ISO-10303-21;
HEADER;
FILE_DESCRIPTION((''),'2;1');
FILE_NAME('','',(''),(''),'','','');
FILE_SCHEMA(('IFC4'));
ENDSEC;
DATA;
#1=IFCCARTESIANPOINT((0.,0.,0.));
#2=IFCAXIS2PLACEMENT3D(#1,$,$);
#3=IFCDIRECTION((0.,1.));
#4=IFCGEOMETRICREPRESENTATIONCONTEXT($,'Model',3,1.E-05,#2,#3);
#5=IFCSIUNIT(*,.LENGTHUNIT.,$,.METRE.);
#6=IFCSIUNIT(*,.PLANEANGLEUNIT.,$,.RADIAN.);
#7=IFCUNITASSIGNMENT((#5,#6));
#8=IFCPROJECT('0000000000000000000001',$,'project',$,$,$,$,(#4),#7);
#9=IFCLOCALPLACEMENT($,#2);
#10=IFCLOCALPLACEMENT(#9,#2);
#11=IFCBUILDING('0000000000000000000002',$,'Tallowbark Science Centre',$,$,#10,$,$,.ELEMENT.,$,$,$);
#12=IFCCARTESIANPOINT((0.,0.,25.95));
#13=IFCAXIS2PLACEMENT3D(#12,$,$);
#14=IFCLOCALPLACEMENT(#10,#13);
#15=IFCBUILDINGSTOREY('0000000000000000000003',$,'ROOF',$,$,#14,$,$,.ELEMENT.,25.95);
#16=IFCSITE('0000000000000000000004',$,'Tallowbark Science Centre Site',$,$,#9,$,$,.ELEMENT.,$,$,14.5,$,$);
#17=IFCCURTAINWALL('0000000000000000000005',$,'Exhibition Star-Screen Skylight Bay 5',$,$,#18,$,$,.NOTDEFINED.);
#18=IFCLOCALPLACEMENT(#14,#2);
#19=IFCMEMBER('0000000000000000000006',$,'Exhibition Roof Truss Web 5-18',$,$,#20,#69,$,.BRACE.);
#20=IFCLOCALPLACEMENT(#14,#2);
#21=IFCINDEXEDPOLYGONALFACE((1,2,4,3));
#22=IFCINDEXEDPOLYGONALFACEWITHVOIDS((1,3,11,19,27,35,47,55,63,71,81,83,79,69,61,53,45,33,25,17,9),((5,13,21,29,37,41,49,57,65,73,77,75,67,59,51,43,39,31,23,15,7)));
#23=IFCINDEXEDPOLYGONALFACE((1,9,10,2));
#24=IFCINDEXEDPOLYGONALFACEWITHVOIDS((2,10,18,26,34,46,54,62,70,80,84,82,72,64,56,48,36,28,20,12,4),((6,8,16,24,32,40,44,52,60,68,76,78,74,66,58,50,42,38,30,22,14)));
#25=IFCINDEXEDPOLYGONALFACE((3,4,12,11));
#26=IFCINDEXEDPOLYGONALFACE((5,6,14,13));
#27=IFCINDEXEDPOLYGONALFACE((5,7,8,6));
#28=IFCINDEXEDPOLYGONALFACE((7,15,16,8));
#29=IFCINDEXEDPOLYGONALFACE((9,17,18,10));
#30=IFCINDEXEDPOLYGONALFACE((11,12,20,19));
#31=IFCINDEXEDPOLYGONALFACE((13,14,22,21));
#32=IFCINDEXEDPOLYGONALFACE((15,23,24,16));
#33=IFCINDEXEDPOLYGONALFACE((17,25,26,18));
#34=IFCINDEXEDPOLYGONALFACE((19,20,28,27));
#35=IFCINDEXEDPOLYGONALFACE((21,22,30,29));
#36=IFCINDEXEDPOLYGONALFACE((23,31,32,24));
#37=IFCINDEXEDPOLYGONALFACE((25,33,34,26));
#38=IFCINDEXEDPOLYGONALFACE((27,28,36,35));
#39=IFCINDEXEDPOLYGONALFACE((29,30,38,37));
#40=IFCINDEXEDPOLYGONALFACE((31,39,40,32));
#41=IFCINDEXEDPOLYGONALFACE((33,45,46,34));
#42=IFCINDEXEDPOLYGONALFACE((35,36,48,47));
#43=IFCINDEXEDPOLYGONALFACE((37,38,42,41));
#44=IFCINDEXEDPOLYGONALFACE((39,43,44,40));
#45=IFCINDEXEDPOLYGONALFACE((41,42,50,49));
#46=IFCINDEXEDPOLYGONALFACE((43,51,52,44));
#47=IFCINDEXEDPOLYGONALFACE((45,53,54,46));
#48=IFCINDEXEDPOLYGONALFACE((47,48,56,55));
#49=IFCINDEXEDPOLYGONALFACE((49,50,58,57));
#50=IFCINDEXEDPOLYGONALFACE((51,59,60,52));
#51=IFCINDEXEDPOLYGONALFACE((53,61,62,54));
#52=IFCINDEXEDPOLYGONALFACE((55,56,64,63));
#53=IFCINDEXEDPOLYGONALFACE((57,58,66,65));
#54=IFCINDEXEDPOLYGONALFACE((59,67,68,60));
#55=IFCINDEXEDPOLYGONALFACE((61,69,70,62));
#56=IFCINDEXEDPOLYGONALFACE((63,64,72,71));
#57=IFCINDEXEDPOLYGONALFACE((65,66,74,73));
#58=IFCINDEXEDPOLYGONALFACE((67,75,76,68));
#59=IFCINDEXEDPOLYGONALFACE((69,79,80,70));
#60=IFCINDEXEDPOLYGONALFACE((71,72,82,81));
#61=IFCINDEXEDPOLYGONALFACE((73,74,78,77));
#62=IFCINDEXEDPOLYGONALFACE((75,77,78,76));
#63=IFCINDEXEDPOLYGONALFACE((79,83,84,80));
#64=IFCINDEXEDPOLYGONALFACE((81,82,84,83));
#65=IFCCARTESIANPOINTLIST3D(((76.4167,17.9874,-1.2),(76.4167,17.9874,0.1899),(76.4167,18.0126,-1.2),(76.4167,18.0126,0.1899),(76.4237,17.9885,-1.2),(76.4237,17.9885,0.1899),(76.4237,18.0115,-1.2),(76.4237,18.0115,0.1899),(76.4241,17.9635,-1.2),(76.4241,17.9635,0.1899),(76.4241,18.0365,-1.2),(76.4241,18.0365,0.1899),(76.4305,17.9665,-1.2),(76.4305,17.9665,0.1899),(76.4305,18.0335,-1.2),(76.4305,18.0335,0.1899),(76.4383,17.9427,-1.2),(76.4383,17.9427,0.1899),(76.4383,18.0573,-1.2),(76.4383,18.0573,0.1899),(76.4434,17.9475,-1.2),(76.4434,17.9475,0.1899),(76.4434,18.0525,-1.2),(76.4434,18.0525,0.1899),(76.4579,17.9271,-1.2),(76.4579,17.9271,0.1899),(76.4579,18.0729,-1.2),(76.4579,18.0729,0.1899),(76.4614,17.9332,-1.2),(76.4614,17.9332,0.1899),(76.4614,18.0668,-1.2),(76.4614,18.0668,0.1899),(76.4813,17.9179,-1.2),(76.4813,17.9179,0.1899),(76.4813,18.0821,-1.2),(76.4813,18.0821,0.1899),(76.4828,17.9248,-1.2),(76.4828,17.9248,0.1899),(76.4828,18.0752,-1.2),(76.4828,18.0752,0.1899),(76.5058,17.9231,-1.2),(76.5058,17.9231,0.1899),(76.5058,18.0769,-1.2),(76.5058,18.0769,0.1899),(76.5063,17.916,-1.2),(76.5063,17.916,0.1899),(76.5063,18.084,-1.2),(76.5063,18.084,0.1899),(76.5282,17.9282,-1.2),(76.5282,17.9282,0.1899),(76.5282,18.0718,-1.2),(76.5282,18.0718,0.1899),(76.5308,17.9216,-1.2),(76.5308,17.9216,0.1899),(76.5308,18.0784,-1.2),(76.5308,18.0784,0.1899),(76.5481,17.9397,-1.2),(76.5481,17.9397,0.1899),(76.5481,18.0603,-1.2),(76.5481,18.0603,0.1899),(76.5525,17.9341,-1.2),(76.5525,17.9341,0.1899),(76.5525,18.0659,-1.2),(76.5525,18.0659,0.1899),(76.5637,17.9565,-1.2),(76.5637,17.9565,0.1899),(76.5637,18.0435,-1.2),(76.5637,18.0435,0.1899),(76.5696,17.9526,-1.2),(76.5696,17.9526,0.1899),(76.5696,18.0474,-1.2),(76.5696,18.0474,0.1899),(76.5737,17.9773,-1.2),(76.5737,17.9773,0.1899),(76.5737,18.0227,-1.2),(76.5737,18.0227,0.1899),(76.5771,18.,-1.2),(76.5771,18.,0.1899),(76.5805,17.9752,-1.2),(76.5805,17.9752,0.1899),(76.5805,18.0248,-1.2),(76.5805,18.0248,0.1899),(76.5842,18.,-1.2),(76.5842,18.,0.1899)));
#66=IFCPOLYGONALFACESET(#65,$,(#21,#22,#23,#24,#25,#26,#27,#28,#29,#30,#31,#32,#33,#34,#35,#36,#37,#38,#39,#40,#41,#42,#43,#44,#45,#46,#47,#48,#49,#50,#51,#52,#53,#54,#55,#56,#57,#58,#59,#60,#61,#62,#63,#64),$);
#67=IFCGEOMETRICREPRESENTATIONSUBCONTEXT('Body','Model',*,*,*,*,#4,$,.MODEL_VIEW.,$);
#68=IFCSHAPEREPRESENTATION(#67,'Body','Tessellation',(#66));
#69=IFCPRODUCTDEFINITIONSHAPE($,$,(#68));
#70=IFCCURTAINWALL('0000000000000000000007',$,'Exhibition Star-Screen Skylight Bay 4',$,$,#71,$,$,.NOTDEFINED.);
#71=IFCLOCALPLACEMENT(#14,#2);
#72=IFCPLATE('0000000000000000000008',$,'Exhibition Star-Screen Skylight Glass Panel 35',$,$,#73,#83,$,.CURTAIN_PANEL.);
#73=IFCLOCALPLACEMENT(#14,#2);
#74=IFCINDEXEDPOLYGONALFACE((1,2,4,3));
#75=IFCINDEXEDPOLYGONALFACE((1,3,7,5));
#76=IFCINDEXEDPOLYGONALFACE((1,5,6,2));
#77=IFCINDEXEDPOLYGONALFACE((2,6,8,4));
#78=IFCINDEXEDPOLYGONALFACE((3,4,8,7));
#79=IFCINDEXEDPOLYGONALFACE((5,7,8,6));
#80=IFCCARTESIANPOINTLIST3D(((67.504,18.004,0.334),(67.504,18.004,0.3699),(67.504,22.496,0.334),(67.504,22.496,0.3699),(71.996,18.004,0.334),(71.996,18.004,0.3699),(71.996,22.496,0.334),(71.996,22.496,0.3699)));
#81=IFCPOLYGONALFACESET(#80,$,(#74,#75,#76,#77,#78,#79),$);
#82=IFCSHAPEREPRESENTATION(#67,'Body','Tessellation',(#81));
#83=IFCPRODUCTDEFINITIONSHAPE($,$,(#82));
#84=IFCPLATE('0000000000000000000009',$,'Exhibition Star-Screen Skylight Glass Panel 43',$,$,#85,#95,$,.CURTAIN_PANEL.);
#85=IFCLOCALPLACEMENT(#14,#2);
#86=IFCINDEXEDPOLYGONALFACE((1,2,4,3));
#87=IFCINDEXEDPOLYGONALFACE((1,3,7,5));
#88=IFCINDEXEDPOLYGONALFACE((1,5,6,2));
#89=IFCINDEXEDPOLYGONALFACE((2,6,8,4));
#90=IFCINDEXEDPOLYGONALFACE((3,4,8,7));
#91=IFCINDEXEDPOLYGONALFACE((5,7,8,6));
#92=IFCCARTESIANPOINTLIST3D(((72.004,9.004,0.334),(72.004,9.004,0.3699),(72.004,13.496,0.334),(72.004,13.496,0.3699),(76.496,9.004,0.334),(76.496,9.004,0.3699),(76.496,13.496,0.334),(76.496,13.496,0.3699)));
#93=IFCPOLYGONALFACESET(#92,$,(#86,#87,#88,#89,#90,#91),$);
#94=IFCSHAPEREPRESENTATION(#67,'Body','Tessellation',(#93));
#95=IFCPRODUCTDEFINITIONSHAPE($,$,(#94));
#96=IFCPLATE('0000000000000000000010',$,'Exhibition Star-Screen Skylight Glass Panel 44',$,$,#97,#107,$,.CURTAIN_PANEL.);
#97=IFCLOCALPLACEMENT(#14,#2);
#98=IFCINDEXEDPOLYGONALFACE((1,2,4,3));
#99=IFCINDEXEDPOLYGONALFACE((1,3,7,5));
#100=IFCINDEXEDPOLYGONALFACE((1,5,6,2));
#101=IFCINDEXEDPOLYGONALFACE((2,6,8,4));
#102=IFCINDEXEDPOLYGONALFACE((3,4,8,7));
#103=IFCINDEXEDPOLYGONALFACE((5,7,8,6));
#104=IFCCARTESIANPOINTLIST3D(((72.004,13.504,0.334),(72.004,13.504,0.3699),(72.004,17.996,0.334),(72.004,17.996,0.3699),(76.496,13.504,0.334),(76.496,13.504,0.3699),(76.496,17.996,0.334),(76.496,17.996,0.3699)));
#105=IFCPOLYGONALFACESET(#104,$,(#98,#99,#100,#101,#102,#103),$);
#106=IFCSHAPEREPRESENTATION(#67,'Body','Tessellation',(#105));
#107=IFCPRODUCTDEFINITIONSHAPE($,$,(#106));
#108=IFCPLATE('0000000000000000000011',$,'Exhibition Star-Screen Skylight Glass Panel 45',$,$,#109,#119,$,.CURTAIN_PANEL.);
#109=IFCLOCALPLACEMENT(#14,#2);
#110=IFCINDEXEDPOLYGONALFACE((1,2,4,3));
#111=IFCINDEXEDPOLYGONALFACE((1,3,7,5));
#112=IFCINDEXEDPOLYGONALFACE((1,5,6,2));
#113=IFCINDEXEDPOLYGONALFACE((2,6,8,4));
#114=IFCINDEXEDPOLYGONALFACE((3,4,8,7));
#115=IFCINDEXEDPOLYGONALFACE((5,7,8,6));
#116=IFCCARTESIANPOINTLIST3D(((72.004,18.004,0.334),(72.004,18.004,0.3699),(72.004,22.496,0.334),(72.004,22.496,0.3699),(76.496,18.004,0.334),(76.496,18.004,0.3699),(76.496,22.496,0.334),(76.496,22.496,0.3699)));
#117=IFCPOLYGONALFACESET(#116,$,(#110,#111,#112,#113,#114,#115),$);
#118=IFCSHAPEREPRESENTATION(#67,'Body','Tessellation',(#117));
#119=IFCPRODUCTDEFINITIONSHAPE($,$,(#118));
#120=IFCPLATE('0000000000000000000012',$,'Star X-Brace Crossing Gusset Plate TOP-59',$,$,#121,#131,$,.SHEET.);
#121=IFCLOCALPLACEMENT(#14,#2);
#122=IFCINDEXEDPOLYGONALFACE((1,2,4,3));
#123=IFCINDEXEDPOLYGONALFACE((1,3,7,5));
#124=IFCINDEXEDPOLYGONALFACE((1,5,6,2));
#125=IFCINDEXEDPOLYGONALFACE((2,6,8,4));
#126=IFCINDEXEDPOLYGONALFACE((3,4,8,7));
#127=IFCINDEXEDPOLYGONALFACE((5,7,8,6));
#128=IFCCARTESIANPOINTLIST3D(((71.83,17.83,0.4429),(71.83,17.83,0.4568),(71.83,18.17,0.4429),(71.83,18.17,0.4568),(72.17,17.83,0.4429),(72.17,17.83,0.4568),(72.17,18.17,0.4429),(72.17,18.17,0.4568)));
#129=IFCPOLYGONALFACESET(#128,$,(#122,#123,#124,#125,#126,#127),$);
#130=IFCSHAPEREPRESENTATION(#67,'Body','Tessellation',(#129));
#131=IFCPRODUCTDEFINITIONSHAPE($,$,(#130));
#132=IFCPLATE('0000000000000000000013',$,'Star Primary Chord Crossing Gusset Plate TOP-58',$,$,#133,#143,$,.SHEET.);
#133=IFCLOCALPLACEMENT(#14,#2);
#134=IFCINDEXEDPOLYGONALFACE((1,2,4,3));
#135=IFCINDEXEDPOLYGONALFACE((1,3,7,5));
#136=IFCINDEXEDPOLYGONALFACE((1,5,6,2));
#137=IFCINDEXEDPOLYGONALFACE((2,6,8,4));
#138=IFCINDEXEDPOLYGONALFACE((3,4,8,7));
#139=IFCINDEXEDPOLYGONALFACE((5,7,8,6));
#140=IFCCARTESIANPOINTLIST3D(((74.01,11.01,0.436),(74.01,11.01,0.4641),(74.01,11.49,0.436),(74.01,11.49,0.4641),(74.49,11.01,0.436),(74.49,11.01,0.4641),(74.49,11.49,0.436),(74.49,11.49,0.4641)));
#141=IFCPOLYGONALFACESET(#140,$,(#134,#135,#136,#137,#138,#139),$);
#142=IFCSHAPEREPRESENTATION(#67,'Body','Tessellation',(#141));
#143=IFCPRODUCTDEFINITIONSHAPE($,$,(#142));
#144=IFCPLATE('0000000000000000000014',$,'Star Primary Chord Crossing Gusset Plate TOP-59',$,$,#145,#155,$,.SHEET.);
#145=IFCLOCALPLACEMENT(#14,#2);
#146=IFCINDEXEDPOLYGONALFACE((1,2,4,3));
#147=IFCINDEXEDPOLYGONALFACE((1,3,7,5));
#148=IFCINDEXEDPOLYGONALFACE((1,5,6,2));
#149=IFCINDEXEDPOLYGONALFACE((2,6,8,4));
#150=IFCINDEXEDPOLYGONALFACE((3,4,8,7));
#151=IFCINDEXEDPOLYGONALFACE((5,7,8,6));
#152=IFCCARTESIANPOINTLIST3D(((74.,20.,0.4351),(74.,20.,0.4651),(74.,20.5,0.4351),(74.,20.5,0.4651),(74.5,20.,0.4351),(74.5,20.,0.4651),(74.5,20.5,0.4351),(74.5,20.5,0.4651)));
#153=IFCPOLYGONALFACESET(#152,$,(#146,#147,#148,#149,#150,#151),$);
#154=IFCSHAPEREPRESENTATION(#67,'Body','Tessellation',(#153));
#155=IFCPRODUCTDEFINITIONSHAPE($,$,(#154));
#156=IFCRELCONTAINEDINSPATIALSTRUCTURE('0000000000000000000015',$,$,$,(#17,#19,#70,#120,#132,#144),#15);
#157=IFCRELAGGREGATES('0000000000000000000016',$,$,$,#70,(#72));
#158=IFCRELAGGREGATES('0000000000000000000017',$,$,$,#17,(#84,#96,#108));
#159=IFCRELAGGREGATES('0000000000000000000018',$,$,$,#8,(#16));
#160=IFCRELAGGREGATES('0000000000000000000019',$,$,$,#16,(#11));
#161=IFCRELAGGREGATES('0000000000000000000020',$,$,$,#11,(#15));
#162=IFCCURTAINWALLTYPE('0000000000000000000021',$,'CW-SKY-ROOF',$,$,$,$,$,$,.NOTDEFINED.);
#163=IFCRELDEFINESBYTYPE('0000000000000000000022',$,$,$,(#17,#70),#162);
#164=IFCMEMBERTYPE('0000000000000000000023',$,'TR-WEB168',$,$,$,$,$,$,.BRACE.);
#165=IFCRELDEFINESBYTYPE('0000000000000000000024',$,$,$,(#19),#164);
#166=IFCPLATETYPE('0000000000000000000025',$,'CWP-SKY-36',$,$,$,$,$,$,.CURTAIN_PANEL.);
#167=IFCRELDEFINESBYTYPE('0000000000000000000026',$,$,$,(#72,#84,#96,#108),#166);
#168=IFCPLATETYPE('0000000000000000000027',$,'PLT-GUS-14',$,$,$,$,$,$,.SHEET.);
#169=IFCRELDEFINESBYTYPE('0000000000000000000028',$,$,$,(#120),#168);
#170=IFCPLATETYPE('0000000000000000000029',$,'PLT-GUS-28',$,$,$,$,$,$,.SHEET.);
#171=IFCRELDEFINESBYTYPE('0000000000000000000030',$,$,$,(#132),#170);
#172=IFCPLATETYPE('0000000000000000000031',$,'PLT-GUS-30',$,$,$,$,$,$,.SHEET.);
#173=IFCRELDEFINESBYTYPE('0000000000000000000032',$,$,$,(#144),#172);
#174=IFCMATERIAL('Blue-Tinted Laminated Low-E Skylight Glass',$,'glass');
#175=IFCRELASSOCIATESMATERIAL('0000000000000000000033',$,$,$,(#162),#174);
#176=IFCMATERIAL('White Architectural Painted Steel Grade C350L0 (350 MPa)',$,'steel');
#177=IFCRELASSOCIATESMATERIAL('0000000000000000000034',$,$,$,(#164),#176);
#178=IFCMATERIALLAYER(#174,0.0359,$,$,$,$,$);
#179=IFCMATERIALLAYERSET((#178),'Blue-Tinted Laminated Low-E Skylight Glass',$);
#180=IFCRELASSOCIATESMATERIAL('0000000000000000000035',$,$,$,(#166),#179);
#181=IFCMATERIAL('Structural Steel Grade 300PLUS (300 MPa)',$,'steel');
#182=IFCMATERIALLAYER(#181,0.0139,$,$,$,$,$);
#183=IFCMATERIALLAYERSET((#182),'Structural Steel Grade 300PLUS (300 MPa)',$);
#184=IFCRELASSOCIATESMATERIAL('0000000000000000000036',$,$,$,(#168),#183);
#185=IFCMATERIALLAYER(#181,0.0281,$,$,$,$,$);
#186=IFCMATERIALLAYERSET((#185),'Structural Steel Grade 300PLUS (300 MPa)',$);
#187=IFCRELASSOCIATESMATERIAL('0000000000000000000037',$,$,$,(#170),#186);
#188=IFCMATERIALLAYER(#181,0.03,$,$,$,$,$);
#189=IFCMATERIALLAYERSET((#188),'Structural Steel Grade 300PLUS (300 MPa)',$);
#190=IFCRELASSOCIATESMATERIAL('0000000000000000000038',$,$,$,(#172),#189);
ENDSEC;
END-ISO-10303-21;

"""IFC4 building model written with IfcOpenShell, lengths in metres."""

from ifc_helpers import new_model, si_unit, direction, frame, origin, origin_2d, place, context, subcontext, project, spatial, rectangle, hollow_circle, extrude, material, layer, layer_set, material_profile, profile_set, type_object, element, aggregate, save


model = new_model("IFC4")

# Units and contexts
model_context = context("Model", 3, precision=1e-05, world=origin(), true_north=direction((0.0, 1.0)))
body_context = subcontext(model_context, "Body", "Model", "MODEL_VIEW")
ifc_project = project(units=[si_unit("LENGTHUNIT", "METRE"), si_unit("PLANEANGLEUNIT", "RADIAN")], contexts=[model_context])

# Site, building, storey
site_placement = place(None, origin())
site = spatial("IfcSite", under=ifc_project, at=site_placement, Name="Tallowbark Science Centre Site", CompositionType="ELEMENT", RefElevation=14.5)
building_placement = place(site_placement, origin())
building = spatial("IfcBuilding", under=site, at=building_placement, Name="Tallowbark Science Centre", CompositionType="ELEMENT")
storey_placement = place(building_placement, frame((0.0, 0.0, 25.95)))
storey = spatial("IfcBuildingStorey", under=building, at=storey_placement, Name="ROOF", CompositionType="ELEMENT", Elevation=25.95)

# Curtain wall
ifc_material_1 = material(Name="Blue-Tinted Laminated Low-E Skylight Glass", Category="glass")
curtain_wall_type = type_object("IfcCurtainWallType", Name="CW-SKY-ROOF", PredefinedType="NOTDEFINED", material=ifc_material_1)
curtain_wall_1_placement = place(storey_placement, origin())
curtain_wall_1 = element("IfcCurtainWall", 1, at=curtain_wall_1_placement, inside=storey, type_object=curtain_wall_type, Name="Exhibition Star-Screen Skylight Bay 5", PredefinedType="NOTDEFINED")

# Member
ifc_material_2 = material(Name="White Architectural Painted Steel Grade C350L0 (350 MPa)", Category="steel")
ifc_material_profile_1 = material_profile(ifc_material_2, hollow_circle(Radius=0.0842, WallThickness=0.0071, at=origin_2d()), Name="168.3x7.1CHS")
ifc_profile_set_1 = profile_set([ifc_material_profile_1], Name="White Architectural Painted Steel Grade C350L0 (350 MPa)")
member_type_1 = type_object("IfcMemberType", Name="TR-WEB168", PredefinedType="BRACE", material=ifc_profile_set_1)
for number, where, z_axis, x_axis, name in (
    (2, (76.5, 18.0, -1.2), (0.0, 0.0, 1.0), (1.0, 0.0, 0.0), "Exhibition Roof Truss Web 5-18"),
):
    element("IfcMember", number, at=place(storey_placement, frame(where, z_axis=z_axis, x_axis=x_axis)), inside=storey, type_object=member_type_1, Name=name, PredefinedType="BRACE", context=body_context, shape_type="SweptSolid", body=[
        extrude(hollow_circle(Radius=0.0842, WallThickness=0.0071, at=origin_2d()), origin(), (0.0, 0.0, 1.0), 1.3899),
    ])

# Curtain wall, plate
curtain_wall_2_placement = place(storey_placement, origin())
curtain_wall_2 = element("IfcCurtainWall", 3, at=curtain_wall_2_placement, inside=storey, type_object=curtain_wall_type, Name="Exhibition Star-Screen Skylight Bay 4", PredefinedType="NOTDEFINED")
ifc_layer_1 = layer(ifc_material_1, 0.0359)
ifc_layer_set_1 = layer_set([ifc_layer_1], Name="Blue-Tinted Laminated Low-E Skylight Glass")
plate_type_1 = type_object("IfcPlateType", Name="CWP-SKY-36", PredefinedType="CURTAIN_PANEL", material=ifc_layer_set_1)
plate_1_placement = place(storey_placement, frame((69.75, 20.25, 0.334), z_axis=(0.0, 0.0, 1.0), x_axis=(1.0, 0.0, 0.0)))
plate_1 = element("IfcPlate", 4, at=plate_1_placement, type_object=plate_type_1, Name="Exhibition Star-Screen Skylight Glass Panel 35", PredefinedType="CURTAIN_PANEL", context=body_context, shape_type="SweptSolid", body=[
    extrude(rectangle(XDim=4.4919, YDim=4.4919, at=origin_2d()), origin(), (0.0, 0.0, 1.0), 0.0359),
])
aggregate(curtain_wall_2, [plate_1])

# Plates
plate_2_placement = place(storey_placement, frame((74.25, 11.25, 0.334), z_axis=(0.0, 0.0, 1.0), x_axis=(1.0, 0.0, 0.0)))
plate_2 = element("IfcPlate", 5, at=plate_2_placement, type_object=plate_type_1, Name="Exhibition Star-Screen Skylight Glass Panel 43", PredefinedType="CURTAIN_PANEL", context=body_context, shape_type="SweptSolid", body=[
    extrude(rectangle(XDim=4.4919, YDim=4.4919, at=origin_2d()), origin(), (0.0, 0.0, 1.0), 0.0359),
])
plate_3_placement = place(storey_placement, frame((74.25, 15.75, 0.334), z_axis=(0.0, 0.0, 1.0), x_axis=(1.0, 0.0, 0.0)))
plate_3 = element("IfcPlate", 6, at=plate_3_placement, type_object=plate_type_1, Name="Exhibition Star-Screen Skylight Glass Panel 44", PredefinedType="CURTAIN_PANEL", context=body_context, shape_type="SweptSolid", body=[
    extrude(rectangle(XDim=4.4919, YDim=4.4919, at=origin_2d()), origin(), (0.0, 0.0, 1.0), 0.0359),
])
plate_4_placement = place(storey_placement, frame((74.25, 20.25, 0.334), z_axis=(0.0, 0.0, 1.0), x_axis=(1.0, 0.0, 0.0)))
plate_4 = element("IfcPlate", 7, at=plate_4_placement, type_object=plate_type_1, Name="Exhibition Star-Screen Skylight Glass Panel 45", PredefinedType="CURTAIN_PANEL", context=body_context, shape_type="SweptSolid", body=[
    extrude(rectangle(XDim=4.4919, YDim=4.4919, at=origin_2d()), origin(), (0.0, 0.0, 1.0), 0.0359),
])
aggregate(curtain_wall_1, [plate_2, plate_3, plate_4])

# Plates
ifc_material_3 = material(Name="Structural Steel Grade 300PLUS (300 MPa)", Category="steel")
ifc_layer_2 = layer(ifc_material_3, 0.0139)
ifc_layer_set_2 = layer_set([ifc_layer_2], Name="Structural Steel Grade 300PLUS (300 MPa)")
plate_type_2 = type_object("IfcPlateType", Name="PLT-GUS-14", PredefinedType="SHEET", material=ifc_layer_set_2)
plate_5_placement = place(storey_placement, frame((72.0, 18.0, 0.4429), z_axis=(0.0, 0.0, 1.0), x_axis=(1.0, 0.0, 0.0)))
element("IfcPlate", 8, at=plate_5_placement, inside=storey, type_object=plate_type_2, Name="Star X-Brace Crossing Gusset Plate TOP-59", PredefinedType="SHEET", context=body_context, shape_type="SweptSolid", body=[
    extrude(rectangle(XDim=0.3401, YDim=0.3401, at=origin_2d()), origin(), (0.0, 0.0, 1.0), 0.0139),
])
ifc_layer_3 = layer(ifc_material_3, 0.0281)
ifc_layer_set_3 = layer_set([ifc_layer_3], Name="Structural Steel Grade 300PLUS (300 MPa)")
plate_type_3 = type_object("IfcPlateType", Name="PLT-GUS-28", PredefinedType="SHEET", material=ifc_layer_set_3)
plate_6_placement = place(storey_placement, frame((74.25, 11.25, 0.436), z_axis=(0.0, 0.0, 1.0), x_axis=(1.0, 0.0, 0.0)))
element("IfcPlate", 9, at=plate_6_placement, inside=storey, type_object=plate_type_3, Name="Star Primary Chord Crossing Gusset Plate TOP-58", PredefinedType="SHEET", context=body_context, shape_type="SweptSolid", body=[
    extrude(rectangle(XDim=0.48, YDim=0.48, at=origin_2d()), origin(), (0.0, 0.0, 1.0), 0.0281),
])
ifc_layer_4 = layer(ifc_material_3, 0.03)
ifc_layer_set_4 = layer_set([ifc_layer_4], Name="Structural Steel Grade 300PLUS (300 MPa)")
plate_type_4 = type_object("IfcPlateType", Name="PLT-GUS-30", PredefinedType="SHEET", material=ifc_layer_set_4)
plate_7_placement = place(storey_placement, frame((74.25, 20.25, 0.4351), z_axis=(0.0, 0.0, 1.0), x_axis=(1.0, 0.0, 0.0)))
element("IfcPlate", 10, at=plate_7_placement, inside=storey, type_object=plate_type_4, Name="Star Primary Chord Crossing Gusset Plate TOP-59", PredefinedType="SHEET", context=body_context, shape_type="SweptSolid", body=[
    extrude(rectangle(XDim=0.5, YDim=0.5, at=origin_2d()), origin(), (0.0, 0.0, 1.0), 0.03),
])

save(model, "model.ifc")
